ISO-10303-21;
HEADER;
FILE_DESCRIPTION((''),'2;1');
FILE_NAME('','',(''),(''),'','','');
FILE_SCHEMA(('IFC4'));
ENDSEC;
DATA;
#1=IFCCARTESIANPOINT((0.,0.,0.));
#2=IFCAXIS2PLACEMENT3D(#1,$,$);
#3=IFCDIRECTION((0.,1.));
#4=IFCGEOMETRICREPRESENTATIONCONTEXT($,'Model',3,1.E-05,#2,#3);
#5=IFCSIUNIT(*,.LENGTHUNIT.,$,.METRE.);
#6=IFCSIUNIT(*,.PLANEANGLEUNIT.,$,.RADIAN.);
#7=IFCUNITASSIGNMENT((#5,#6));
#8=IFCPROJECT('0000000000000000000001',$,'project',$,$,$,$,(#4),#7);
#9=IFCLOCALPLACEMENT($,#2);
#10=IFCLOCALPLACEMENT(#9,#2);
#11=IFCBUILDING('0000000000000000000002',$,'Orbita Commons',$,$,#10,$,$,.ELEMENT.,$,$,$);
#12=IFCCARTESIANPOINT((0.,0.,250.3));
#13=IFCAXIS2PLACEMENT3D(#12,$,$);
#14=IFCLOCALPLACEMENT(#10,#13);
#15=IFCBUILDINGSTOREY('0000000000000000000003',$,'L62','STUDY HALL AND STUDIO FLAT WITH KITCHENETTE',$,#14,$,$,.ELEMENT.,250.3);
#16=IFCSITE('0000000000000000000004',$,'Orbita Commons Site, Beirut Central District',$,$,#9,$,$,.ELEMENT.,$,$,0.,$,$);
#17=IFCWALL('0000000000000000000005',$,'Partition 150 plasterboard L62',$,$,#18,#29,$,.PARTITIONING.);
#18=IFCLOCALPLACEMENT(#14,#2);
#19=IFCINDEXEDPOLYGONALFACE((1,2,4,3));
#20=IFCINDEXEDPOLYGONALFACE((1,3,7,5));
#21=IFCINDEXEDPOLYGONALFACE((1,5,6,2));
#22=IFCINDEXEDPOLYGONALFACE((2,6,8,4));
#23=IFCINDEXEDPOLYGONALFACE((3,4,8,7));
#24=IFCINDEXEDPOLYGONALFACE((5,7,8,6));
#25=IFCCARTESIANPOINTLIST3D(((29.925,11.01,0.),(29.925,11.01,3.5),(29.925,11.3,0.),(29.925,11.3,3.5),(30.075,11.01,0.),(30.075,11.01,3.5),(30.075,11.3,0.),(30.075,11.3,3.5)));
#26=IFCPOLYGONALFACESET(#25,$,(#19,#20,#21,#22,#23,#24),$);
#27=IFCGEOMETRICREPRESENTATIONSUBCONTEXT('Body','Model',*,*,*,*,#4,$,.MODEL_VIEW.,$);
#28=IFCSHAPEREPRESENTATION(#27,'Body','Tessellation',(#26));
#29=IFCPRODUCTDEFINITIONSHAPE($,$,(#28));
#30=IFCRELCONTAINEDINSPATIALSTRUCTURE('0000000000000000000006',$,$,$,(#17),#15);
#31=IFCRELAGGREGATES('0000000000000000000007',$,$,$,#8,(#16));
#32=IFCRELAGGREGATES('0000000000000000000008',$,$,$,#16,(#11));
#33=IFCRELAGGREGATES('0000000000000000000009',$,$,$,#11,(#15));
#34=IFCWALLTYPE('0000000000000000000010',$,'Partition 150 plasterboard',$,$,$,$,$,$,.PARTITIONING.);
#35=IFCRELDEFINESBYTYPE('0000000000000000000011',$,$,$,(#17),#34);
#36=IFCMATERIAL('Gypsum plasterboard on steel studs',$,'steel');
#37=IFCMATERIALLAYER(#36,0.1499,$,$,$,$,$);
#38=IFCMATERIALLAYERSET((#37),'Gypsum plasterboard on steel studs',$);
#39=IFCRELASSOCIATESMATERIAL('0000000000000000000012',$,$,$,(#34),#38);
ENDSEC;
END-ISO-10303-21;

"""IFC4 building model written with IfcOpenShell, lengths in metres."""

from ifc_helpers import new_model, si_unit, direction, frame, frame_2d, origin, place, context, subcontext, project, spatial, rectangle, extrude, material, layer, layer_set, type_object, element, save


model = new_model("IFC4")

# Units and contexts
model_context = context("Model", 3, precision=1e-05, world=origin(), true_north=direction((0.0, 1.0)))
body_context = subcontext(model_context, "Body", "Model", "MODEL_VIEW")
ifc_project = project(units=[si_unit("LENGTHUNIT", "METRE"), si_unit("PLANEANGLEUNIT", "RADIAN")], contexts=[model_context])

# Site, building, storey
site_placement = place(None, origin())
site = spatial("IfcSite", under=ifc_project, at=site_placement, Name="Orbita Commons Site, Beirut Central District", CompositionType="ELEMENT", RefElevation=0.0)
building_placement = place(site_placement, origin())
building = spatial("IfcBuilding", under=site, at=building_placement, Name="Orbita Commons", CompositionType="ELEMENT")
storey_placement = place(building_placement, frame((0.0, 0.0, 250.3)))
storey = spatial("IfcBuildingStorey", under=building, at=storey_placement, Name="L62", Description="STUDY HALL AND STUDIO FLAT WITH KITCHENETTE", CompositionType="ELEMENT", Elevation=250.3)

# Wall
ifc_material_1 = material(Name="Gypsum plasterboard on steel studs", Category="steel")
ifc_layer_1 = layer(ifc_material_1, 0.1499)
ifc_layer_set_1 = layer_set([ifc_layer_1], Name="Gypsum plasterboard on steel studs")
wall_type_1 = type_object("IfcWallType", Name="Partition 150 plasterboard", PredefinedType="PARTITIONING", material=ifc_layer_set_1)
wall_1_placement = place(storey_placement, frame((30.0, 11.3, 0.0), z_axis=(0.0, 0.0, 1.0), x_axis=(0.0, -1.0, 0.0)))
element("IfcWall", 1, at=wall_1_placement, inside=storey, type_object=wall_type_1, Name="Partition 150 plasterboard L62", PredefinedType="PARTITIONING", context=body_context, shape_type="SweptSolid", body=[
    extrude(rectangle(XDim=0.29, YDim=0.1499, at=frame_2d((0.145, 0.0))), origin(), (0.0, 0.0, 1.0), 3.5),
])

save(model, "model.ifc")
